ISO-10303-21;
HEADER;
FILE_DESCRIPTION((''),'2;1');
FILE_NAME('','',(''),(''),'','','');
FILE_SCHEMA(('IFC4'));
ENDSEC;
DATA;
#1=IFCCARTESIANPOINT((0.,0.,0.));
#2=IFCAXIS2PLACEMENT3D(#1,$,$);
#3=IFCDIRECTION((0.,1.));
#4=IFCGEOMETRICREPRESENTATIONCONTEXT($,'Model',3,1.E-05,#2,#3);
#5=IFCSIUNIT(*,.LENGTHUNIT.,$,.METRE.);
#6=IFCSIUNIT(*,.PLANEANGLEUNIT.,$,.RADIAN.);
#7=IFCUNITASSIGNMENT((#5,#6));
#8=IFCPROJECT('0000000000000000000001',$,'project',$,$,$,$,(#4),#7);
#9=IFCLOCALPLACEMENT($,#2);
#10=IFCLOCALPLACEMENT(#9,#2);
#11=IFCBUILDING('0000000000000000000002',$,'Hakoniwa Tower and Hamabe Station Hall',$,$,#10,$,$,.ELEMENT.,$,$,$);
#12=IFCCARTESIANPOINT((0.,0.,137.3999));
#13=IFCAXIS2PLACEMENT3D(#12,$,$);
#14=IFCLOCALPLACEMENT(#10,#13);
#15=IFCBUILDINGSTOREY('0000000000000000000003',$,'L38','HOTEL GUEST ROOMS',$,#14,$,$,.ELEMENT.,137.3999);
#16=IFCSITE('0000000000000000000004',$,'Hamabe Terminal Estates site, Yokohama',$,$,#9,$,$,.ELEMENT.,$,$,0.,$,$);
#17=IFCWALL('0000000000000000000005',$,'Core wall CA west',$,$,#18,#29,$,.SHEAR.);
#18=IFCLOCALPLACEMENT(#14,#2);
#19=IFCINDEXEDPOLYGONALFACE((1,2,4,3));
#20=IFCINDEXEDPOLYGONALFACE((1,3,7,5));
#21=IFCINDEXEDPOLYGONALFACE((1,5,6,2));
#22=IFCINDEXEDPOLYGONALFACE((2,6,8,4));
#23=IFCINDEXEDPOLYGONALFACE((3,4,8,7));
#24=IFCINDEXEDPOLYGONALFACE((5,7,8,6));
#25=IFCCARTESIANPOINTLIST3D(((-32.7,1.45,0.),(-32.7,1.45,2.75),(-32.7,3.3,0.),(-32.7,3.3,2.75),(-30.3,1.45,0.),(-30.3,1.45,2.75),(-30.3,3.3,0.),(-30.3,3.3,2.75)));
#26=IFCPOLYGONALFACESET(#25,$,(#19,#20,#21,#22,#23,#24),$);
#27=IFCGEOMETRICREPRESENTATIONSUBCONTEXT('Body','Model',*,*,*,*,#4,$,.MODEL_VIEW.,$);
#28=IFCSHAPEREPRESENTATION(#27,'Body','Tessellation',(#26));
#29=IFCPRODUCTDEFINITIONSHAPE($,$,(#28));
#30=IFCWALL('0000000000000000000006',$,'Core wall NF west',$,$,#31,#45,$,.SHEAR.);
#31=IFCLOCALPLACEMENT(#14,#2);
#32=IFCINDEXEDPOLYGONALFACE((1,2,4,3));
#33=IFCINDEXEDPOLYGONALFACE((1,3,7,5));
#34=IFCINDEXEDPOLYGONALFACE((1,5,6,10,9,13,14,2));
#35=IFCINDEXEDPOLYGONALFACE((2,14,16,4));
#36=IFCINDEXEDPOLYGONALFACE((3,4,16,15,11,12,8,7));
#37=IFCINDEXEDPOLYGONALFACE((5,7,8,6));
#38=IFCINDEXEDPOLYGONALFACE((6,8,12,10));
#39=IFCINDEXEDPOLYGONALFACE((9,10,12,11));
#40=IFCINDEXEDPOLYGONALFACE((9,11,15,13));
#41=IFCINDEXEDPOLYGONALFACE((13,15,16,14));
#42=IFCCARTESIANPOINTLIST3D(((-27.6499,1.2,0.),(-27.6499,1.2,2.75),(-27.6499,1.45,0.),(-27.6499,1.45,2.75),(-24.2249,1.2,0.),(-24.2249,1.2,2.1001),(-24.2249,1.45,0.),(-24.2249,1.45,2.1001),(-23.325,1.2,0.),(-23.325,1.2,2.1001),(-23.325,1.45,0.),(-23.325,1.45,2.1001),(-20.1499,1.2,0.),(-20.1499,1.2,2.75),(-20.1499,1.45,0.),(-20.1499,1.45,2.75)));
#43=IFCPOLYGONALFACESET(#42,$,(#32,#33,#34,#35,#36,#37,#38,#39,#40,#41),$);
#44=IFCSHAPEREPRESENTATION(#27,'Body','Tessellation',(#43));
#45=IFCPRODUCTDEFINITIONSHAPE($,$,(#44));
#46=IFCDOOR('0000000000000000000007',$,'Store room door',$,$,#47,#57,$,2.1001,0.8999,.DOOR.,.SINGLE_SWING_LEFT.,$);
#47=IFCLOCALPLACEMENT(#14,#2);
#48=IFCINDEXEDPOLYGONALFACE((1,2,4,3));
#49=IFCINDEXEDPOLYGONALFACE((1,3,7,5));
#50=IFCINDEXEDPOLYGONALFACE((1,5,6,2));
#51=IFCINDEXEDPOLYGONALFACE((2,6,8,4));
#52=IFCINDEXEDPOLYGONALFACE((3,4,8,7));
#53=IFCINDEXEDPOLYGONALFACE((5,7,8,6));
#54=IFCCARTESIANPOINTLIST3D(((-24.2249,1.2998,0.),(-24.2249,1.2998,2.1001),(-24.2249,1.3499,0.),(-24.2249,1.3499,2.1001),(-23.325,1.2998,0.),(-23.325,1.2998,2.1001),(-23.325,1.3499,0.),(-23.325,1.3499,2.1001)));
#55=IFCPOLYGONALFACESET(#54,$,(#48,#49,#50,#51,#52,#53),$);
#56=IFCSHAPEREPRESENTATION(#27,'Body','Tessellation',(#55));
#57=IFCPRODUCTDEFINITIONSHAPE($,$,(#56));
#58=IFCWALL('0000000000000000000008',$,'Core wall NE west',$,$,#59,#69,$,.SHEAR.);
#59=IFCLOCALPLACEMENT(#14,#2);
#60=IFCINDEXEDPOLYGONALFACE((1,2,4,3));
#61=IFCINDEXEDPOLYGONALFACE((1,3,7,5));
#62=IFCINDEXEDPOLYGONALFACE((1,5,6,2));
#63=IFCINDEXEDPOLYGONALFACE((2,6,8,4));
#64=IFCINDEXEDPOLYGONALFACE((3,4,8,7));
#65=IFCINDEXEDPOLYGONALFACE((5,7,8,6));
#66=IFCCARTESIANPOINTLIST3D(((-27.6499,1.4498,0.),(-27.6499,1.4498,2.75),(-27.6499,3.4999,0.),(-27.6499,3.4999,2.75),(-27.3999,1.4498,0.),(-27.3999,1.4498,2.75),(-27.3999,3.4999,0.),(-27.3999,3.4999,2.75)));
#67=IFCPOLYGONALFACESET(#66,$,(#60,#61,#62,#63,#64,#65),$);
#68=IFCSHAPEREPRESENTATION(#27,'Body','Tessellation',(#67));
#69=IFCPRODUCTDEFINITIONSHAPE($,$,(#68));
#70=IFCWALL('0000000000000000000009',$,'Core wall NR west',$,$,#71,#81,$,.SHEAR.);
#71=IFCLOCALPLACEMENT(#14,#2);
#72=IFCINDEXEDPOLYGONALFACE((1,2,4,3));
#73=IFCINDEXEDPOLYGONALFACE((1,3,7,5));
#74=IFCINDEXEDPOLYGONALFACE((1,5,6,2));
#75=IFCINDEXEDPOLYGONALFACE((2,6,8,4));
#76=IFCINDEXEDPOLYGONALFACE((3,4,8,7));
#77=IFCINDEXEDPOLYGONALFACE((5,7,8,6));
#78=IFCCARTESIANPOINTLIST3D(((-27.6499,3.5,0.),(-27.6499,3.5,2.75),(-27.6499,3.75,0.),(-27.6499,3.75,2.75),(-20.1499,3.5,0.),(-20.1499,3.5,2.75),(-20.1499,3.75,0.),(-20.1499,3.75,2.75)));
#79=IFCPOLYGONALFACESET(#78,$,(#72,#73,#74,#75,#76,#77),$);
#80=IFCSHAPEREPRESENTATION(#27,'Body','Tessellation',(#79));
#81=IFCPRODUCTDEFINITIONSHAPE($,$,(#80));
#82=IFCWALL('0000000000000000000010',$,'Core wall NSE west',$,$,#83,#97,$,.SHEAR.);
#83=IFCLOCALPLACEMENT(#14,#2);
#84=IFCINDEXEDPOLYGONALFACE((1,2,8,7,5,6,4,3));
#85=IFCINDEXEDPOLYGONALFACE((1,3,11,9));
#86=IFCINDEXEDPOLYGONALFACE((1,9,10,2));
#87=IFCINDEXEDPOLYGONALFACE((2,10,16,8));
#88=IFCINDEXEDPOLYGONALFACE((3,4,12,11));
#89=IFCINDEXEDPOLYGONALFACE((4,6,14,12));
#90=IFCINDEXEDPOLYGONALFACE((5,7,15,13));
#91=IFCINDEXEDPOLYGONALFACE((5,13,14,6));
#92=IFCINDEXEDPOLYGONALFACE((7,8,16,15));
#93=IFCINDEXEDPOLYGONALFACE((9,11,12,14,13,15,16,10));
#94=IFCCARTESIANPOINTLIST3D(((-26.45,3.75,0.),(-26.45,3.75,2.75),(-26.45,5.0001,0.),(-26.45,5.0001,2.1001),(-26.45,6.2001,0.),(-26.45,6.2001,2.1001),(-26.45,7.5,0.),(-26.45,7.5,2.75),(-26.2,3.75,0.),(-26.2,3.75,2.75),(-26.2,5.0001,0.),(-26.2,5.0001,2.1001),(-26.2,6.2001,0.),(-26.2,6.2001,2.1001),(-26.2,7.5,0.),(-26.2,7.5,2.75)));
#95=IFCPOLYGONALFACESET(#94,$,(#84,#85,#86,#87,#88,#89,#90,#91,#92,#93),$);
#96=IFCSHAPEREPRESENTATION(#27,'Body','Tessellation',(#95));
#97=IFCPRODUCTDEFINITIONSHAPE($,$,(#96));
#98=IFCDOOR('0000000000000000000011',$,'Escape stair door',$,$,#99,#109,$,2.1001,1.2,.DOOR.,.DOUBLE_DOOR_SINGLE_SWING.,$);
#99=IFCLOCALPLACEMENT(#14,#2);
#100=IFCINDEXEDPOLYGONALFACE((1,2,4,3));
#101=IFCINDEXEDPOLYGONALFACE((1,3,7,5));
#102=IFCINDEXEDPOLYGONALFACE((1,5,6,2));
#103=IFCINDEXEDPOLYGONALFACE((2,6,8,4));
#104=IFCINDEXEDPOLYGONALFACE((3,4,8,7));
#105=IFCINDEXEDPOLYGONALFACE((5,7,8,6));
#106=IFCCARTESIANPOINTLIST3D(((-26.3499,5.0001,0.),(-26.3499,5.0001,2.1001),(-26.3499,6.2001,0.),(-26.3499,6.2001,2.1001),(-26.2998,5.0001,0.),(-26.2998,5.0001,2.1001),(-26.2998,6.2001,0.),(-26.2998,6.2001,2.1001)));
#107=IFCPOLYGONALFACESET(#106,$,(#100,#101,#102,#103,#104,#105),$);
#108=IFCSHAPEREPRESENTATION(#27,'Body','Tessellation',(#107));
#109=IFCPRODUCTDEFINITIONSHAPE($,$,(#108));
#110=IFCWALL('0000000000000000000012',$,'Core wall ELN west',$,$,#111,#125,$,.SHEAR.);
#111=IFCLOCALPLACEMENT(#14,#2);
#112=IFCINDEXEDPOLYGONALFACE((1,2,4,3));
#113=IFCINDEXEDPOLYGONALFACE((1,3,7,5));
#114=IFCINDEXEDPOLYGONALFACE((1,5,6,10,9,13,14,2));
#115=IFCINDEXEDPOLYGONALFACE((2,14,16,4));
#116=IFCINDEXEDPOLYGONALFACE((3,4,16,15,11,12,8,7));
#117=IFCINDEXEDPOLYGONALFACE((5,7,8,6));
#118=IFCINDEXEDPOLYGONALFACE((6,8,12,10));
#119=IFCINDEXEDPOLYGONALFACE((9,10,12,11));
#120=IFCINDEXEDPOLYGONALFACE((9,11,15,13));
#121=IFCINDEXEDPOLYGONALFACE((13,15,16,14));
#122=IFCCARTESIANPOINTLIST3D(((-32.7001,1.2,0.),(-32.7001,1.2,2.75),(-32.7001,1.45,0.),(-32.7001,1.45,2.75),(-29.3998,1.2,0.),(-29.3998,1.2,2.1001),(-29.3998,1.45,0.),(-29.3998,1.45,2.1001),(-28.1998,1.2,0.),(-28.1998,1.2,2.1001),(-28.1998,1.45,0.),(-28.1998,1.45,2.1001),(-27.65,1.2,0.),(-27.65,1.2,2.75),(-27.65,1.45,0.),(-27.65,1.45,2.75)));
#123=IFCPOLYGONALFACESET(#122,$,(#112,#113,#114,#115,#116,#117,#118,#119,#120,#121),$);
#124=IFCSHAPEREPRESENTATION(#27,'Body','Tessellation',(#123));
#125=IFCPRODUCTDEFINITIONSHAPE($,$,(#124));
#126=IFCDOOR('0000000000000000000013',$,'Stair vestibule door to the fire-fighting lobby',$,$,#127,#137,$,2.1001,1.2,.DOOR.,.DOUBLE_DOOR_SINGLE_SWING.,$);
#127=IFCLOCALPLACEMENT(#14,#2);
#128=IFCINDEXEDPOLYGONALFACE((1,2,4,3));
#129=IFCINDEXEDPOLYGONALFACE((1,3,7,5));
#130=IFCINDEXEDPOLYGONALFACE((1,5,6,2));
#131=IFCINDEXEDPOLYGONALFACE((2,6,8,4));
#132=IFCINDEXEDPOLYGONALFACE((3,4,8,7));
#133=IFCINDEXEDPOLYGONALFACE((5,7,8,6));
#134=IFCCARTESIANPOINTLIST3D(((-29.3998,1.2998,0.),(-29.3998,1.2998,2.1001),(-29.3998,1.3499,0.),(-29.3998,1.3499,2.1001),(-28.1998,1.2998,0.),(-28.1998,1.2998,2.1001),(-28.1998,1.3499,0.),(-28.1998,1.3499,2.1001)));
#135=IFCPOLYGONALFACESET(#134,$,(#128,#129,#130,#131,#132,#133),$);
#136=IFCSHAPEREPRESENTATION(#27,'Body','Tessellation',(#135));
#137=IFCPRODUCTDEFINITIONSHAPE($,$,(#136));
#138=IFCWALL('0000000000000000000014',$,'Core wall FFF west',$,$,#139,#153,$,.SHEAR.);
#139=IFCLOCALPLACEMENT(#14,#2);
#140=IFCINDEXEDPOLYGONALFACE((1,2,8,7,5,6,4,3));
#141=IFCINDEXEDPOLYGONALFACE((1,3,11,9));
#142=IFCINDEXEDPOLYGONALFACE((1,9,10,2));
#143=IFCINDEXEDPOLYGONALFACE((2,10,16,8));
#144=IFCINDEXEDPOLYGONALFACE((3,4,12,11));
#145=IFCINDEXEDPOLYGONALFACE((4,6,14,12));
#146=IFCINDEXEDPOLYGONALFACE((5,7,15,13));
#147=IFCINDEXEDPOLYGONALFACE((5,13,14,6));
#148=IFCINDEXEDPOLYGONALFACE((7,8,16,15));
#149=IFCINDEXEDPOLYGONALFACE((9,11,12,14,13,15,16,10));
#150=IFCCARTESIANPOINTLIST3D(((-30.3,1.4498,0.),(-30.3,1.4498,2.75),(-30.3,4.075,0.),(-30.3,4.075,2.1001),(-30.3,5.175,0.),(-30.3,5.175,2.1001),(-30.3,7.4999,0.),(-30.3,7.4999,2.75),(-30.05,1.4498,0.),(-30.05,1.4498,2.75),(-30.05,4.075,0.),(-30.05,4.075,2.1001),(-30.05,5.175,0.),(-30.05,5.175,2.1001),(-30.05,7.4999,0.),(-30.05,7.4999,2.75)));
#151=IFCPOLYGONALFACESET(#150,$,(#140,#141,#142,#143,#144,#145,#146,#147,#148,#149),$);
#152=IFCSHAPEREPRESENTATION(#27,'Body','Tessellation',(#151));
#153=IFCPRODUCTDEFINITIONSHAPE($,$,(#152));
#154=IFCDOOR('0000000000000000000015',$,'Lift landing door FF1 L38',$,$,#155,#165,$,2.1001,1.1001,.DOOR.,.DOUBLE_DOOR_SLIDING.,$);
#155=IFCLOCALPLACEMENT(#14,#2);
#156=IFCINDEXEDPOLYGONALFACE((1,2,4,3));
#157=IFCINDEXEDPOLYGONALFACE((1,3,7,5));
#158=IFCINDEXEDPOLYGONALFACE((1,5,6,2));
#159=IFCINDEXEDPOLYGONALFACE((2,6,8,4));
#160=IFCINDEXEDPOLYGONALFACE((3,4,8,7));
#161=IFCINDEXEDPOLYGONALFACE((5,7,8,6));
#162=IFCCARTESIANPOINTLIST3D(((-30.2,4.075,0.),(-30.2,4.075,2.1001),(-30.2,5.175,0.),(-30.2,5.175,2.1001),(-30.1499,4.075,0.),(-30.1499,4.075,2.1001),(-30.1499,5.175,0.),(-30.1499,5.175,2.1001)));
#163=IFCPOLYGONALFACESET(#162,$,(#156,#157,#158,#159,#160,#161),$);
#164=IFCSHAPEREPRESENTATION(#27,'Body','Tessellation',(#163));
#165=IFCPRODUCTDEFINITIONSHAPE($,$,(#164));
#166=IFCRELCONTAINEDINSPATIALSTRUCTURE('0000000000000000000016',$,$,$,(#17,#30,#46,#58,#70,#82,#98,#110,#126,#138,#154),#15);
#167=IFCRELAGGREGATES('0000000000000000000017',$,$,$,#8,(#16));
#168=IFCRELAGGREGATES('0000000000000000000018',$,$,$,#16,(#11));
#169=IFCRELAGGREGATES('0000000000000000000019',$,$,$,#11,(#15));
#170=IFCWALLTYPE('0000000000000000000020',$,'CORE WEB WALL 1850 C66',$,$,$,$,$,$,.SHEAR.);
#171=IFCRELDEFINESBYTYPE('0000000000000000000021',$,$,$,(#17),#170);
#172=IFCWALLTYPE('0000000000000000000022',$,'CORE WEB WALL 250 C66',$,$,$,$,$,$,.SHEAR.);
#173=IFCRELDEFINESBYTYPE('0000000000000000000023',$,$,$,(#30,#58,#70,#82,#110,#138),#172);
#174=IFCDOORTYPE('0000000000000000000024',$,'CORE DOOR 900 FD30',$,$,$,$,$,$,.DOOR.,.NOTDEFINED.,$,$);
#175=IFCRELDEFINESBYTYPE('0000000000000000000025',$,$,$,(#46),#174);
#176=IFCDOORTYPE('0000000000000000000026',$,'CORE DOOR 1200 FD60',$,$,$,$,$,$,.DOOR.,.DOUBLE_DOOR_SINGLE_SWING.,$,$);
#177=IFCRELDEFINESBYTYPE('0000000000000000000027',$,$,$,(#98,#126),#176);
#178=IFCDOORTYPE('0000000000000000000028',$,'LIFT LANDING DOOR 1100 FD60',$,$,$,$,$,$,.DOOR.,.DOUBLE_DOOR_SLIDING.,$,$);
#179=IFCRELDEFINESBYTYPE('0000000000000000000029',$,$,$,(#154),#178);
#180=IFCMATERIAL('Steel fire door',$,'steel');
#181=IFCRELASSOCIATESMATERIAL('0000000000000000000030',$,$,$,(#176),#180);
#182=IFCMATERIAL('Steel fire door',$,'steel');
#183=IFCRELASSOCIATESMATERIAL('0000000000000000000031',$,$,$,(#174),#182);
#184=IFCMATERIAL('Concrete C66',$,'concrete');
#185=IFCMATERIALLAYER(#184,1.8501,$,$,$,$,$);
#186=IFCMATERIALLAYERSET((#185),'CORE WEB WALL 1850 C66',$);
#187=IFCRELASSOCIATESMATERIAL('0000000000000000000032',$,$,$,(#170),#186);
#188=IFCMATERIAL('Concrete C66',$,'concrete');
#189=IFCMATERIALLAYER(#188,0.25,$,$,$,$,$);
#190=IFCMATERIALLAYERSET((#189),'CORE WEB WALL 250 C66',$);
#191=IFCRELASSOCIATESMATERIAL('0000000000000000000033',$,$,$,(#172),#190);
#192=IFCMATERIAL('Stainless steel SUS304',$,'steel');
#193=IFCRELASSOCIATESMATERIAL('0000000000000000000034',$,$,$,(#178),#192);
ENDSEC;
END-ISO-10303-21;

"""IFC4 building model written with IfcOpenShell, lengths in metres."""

from ifc_helpers import new_model, si_unit, direction, frame, frame_2d, origin, place, context, subcontext, project, spatial, rectangle, extrude, material, layer, layer_set, type_object, element, fill, save


model = new_model("IFC4")

# Units and contexts
model_context = context("Model", 3, precision=1e-05, world=origin(), true_north=direction((0.0, 1.0)))
body_context = subcontext(model_context, "Body", "Model", "MODEL_VIEW")
ifc_project = project(units=[si_unit("LENGTHUNIT", "METRE"), si_unit("PLANEANGLEUNIT", "RADIAN")], contexts=[model_context])

# Site, building, storey
site_placement = place(None, origin())
site = spatial("IfcSite", under=ifc_project, at=site_placement, Name="Hamabe Terminal Estates site, Yokohama", CompositionType="ELEMENT", RefElevation=0.0)
building_placement = place(site_placement, origin())
building = spatial("IfcBuilding", under=site, at=building_placement, Name="Hakoniwa Tower and Hamabe Station Hall", CompositionType="ELEMENT")
storey_placement = place(building_placement, frame((0.0, 0.0, 137.3999)))
storey = spatial("IfcBuildingStorey", under=building, at=storey_placement, Name="L38", Description="HOTEL GUEST ROOMS", CompositionType="ELEMENT", Elevation=137.3999)

# Shared definitions
ifc_material_1 = material(Name="Steel fire door", Category="steel")
door_type_1 = type_object("IfcDoorType", Name="CORE DOOR 1200 FD60", OperationType="DOUBLE_DOOR_SINGLE_SWING", PredefinedType="DOOR", material=ifc_material_1)
ifc_material_2 = material(Name="Steel fire door", Category="steel")
door_type_2 = type_object("IfcDoorType", Name="CORE DOOR 900 FD30", OperationType="NOTDEFINED", PredefinedType="DOOR", material=ifc_material_2)

# Wall
ifc_material_3 = material(Name="Concrete C66", Category="concrete")
ifc_layer_1 = layer(ifc_material_3, 1.8501)
ifc_layer_set_1 = layer_set([ifc_layer_1], Name="CORE WEB WALL 1850 C66")
wall_type_1 = type_object("IfcWallType", Name="CORE WEB WALL 1850 C66", PredefinedType="SHEAR", material=ifc_layer_set_1)
wall_1_placement = place(storey_placement, frame((-32.7, 2.375, 0.0), z_axis=(0.0, 0.0, 1.0), x_axis=(1.0, 0.0, 0.0)))
element("IfcWall", 1, at=wall_1_placement, inside=storey, type_object=wall_type_1, Name="Core wall CA west", PredefinedType="SHEAR", context=body_context, shape_type="SweptSolid", body=[
    extrude(rectangle(XDim=2.3999, YDim=1.8501, at=frame_2d((1.2, 0.0))), origin(), (0.0, 0.0, 1.0), 2.75),
])

# Wall, opening, door
ifc_material_4 = material(Name="Concrete C66", Category="concrete")
ifc_layer_2 = layer(ifc_material_4, 0.25)
ifc_layer_set_2 = layer_set([ifc_layer_2], Name="CORE WEB WALL 250 C66")
wall_type_2 = type_object("IfcWallType", Name="CORE WEB WALL 250 C66", PredefinedType="SHEAR", material=ifc_layer_set_2)
wall_2_placement = place(storey_placement, frame((-27.6499, 1.325, 0.0), z_axis=(0.0, 0.0, 1.0), x_axis=(1.0, 0.0, 0.0)))
wall_2 = element("IfcWall", 2, at=wall_2_placement, inside=storey, type_object=wall_type_2, Name="Core wall NF west", PredefinedType="SHEAR", context=body_context, shape_type="SweptSolid", body=[
    extrude(rectangle(XDim=7.5, YDim=0.25, at=frame_2d((3.75, 0.0))), origin(), (0.0, 0.0, 1.0), 2.75),
])
opening_1_placement = place(wall_2_placement, frame((3.425, 0.0, 0.0)))
opening_1 = element("IfcOpeningElement", 3, at=opening_1_placement, cuts=wall_2, PredefinedType="OPENING", context=body_context, shape_type="SweptSolid", body=[
    extrude(rectangle(XDim=0.8999, YDim=2.1001, at=frame_2d((0.45, 1.05))), frame((0.0, 0.135, 0.0), z_axis=(0.0, -1.0, 0.0), x_axis=(1.0, 0.0, 0.0)), (0.0, 0.0, 1.0), 0.27),
])
door_1_placement = place(opening_1_placement, origin())
door_1 = element("IfcDoor", 4, at=door_1_placement, inside=storey, type_object=door_type_2, Name="Store room door", OperationType="SINGLE_SWING_LEFT", OverallHeight=2.1001, OverallWidth=0.8999, PredefinedType="DOOR", context=body_context, shape_type="SweptSolid", body=[
    extrude(rectangle(XDim=0.8999, YDim=2.1001, at=frame_2d((0.45, 1.05))), frame((0.0, 0.0249, 0.0), z_axis=(0.0, -1.0, 0.0), x_axis=(1.0, 0.0, 0.0)), (0.0, 0.0, 1.0), 0.05),
])
fill(opening_1, door_1)

# Walls
wall_3_placement = place(storey_placement, frame((-27.5249, 1.45, 0.0), z_axis=(0.0, 0.0, 1.0), x_axis=(0.0, 1.0, 0.0)))
element("IfcWall", 5, at=wall_3_placement, inside=storey, type_object=wall_type_2, Name="Core wall NE west", PredefinedType="SHEAR", context=body_context, shape_type="SweptSolid", body=[
    extrude(rectangle(XDim=2.05, YDim=0.25, at=frame_2d((1.0249, 0.0))), origin(), (0.0, 0.0, 1.0), 2.75),
])
wall_4_placement = place(storey_placement, frame((-27.6499, 3.625, 0.0), z_axis=(0.0, 0.0, 1.0), x_axis=(1.0, 0.0, 0.0)))
element("IfcWall", 6, at=wall_4_placement, inside=storey, type_object=wall_type_2, Name="Core wall NR west", PredefinedType="SHEAR", context=body_context, shape_type="SweptSolid", body=[
    extrude(rectangle(XDim=7.5, YDim=0.25, at=frame_2d((3.75, 0.0))), origin(), (0.0, 0.0, 1.0), 2.75),
])

# Walls, openings, doors
wall_5_placement = place(storey_placement, frame((-26.325, 3.75, 0.0), z_axis=(0.0, 0.0, 1.0), x_axis=(0.0, 1.0, 0.0)))
wall_5 = element("IfcWall", 7, at=wall_5_placement, inside=storey, type_object=wall_type_2, Name="Core wall NSE west", PredefinedType="SHEAR", context=body_context, shape_type="SweptSolid", body=[
    extrude(rectangle(XDim=3.75, YDim=0.25, at=frame_2d((1.875, 0.0))), origin(), (0.0, 0.0, 1.0), 2.75),
])
opening_2_placement = place(wall_5_placement, frame((1.25, 0.0, 0.0)))
opening_2 = element("IfcOpeningElement", 8, at=opening_2_placement, cuts=wall_5, PredefinedType="OPENING", context=body_context, shape_type="SweptSolid", body=[
    extrude(rectangle(XDim=1.2, YDim=2.1001, at=frame_2d((0.6001, 1.05))), frame((0.0, 0.135, 0.0), z_axis=(0.0, -1.0, 0.0), x_axis=(1.0, 0.0, 0.0)), (0.0, 0.0, 1.0), 0.27),
])
door_2_placement = place(opening_2_placement, origin())
door_2 = element("IfcDoor", 9, at=door_2_placement, inside=storey, type_object=door_type_1, Name="Escape stair door", OperationType="DOUBLE_DOOR_SINGLE_SWING", OverallHeight=2.1001, OverallWidth=1.2, PredefinedType="DOOR", context=body_context, shape_type="SweptSolid", body=[
    extrude(rectangle(XDim=1.2, YDim=2.1001, at=frame_2d((0.6001, 1.05))), frame((0.0, 0.0249, 0.0), z_axis=(0.0, -1.0, 0.0), x_axis=(1.0, 0.0, 0.0)), (0.0, 0.0, 1.0), 0.05),
])
fill(opening_2, door_2)
wall_6_placement = place(storey_placement, frame((-32.7, 1.325, 0.0), z_axis=(0.0, 0.0, 1.0), x_axis=(1.0, 0.0, 0.0)))
wall_6 = element("IfcWall", 10, at=wall_6_placement, inside=storey, type_object=wall_type_2, Name="Core wall ELN west", PredefinedType="SHEAR", context=body_context, shape_type="SweptSolid", body=[
    extrude(rectangle(XDim=5.05, YDim=0.25, at=frame_2d((2.5249, 0.0))), origin(), (0.0, 0.0, 1.0), 2.75),
])
opening_3_placement = place(wall_6_placement, frame((3.3, 0.0, 0.0)))
opening_3 = element("IfcOpeningElement", 11, at=opening_3_placement, cuts=wall_6, PredefinedType="OPENING", context=body_context, shape_type="SweptSolid", body=[
    extrude(rectangle(XDim=1.2, YDim=2.1001, at=frame_2d((0.6001, 1.05))), frame((0.0, 0.135, 0.0), z_axis=(0.0, -1.0, 0.0), x_axis=(1.0, 0.0, 0.0)), (0.0, 0.0, 1.0), 0.27),
])
door_3_placement = place(opening_3_placement, origin())
door_3 = element("IfcDoor", 12, at=door_3_placement, inside=storey, type_object=door_type_1, Name="Stair vestibule door to the fire-fighting lobby", OperationType="DOUBLE_DOOR_SINGLE_SWING", OverallHeight=2.1001, OverallWidth=1.2, PredefinedType="DOOR", context=body_context, shape_type="SweptSolid", body=[
    extrude(rectangle(XDim=1.2, YDim=2.1001, at=frame_2d((0.6001, 1.05))), frame((0.0, 0.0249, 0.0), z_axis=(0.0, -1.0, 0.0), x_axis=(1.0, 0.0, 0.0)), (0.0, 0.0, 1.0), 0.05),
])
fill(opening_3, door_3)
wall_7_placement = place(storey_placement, frame((-30.175, 1.45, 0.0), z_axis=(0.0, 0.0, 1.0), x_axis=(0.0, 1.0, 0.0)))
wall_7 = element("IfcWall", 13, at=wall_7_placement, inside=storey, type_object=wall_type_2, Name="Core wall FFF west", PredefinedType="SHEAR", context=body_context, shape_type="SweptSolid", body=[
    extrude(rectangle(XDim=6.05, YDim=0.25, at=frame_2d((3.0249, 0.0))), origin(), (0.0, 0.0, 1.0), 2.75),
])
opening_4_placement = place(wall_7_placement, frame((2.625, 0.0, 0.0)))
opening_4 = element("IfcOpeningElement", 14, at=opening_4_placement, cuts=wall_7, PredefinedType="OPENING", context=body_context, shape_type="SweptSolid", body=[
    extrude(rectangle(XDim=1.1001, YDim=2.1001, at=frame_2d((0.55, 1.05))), frame((0.0, 0.135, 0.0), z_axis=(0.0, -1.0, 0.0), x_axis=(1.0, 0.0, 0.0)), (0.0, 0.0, 1.0), 0.27),
])
ifc_material_5 = material(Name="Stainless steel SUS304", Category="steel")
door_type_3 = type_object("IfcDoorType", Name="LIFT LANDING DOOR 1100 FD60", OperationType="DOUBLE_DOOR_SLIDING", PredefinedType="DOOR", material=ifc_material_5)
door_4_placement = place(opening_4_placement, origin())
door_4 = element("IfcDoor", 15, at=door_4_placement, inside=storey, type_object=door_type_3, Name="Lift landing door FF1 L38", OperationType="DOUBLE_DOOR_SLIDING", OverallHeight=2.1001, OverallWidth=1.1001, PredefinedType="DOOR", context=body_context, shape_type="SweptSolid", body=[
    extrude(rectangle(XDim=1.1001, YDim=2.1001, at=frame_2d((0.55, 1.05))), frame((0.0, 0.0249, 0.0), z_axis=(0.0, -1.0, 0.0), x_axis=(1.0, 0.0, 0.0)), (0.0, 0.0, 1.0), 0.05),
])
fill(opening_4, door_4)

save(model, "model.ifc")
